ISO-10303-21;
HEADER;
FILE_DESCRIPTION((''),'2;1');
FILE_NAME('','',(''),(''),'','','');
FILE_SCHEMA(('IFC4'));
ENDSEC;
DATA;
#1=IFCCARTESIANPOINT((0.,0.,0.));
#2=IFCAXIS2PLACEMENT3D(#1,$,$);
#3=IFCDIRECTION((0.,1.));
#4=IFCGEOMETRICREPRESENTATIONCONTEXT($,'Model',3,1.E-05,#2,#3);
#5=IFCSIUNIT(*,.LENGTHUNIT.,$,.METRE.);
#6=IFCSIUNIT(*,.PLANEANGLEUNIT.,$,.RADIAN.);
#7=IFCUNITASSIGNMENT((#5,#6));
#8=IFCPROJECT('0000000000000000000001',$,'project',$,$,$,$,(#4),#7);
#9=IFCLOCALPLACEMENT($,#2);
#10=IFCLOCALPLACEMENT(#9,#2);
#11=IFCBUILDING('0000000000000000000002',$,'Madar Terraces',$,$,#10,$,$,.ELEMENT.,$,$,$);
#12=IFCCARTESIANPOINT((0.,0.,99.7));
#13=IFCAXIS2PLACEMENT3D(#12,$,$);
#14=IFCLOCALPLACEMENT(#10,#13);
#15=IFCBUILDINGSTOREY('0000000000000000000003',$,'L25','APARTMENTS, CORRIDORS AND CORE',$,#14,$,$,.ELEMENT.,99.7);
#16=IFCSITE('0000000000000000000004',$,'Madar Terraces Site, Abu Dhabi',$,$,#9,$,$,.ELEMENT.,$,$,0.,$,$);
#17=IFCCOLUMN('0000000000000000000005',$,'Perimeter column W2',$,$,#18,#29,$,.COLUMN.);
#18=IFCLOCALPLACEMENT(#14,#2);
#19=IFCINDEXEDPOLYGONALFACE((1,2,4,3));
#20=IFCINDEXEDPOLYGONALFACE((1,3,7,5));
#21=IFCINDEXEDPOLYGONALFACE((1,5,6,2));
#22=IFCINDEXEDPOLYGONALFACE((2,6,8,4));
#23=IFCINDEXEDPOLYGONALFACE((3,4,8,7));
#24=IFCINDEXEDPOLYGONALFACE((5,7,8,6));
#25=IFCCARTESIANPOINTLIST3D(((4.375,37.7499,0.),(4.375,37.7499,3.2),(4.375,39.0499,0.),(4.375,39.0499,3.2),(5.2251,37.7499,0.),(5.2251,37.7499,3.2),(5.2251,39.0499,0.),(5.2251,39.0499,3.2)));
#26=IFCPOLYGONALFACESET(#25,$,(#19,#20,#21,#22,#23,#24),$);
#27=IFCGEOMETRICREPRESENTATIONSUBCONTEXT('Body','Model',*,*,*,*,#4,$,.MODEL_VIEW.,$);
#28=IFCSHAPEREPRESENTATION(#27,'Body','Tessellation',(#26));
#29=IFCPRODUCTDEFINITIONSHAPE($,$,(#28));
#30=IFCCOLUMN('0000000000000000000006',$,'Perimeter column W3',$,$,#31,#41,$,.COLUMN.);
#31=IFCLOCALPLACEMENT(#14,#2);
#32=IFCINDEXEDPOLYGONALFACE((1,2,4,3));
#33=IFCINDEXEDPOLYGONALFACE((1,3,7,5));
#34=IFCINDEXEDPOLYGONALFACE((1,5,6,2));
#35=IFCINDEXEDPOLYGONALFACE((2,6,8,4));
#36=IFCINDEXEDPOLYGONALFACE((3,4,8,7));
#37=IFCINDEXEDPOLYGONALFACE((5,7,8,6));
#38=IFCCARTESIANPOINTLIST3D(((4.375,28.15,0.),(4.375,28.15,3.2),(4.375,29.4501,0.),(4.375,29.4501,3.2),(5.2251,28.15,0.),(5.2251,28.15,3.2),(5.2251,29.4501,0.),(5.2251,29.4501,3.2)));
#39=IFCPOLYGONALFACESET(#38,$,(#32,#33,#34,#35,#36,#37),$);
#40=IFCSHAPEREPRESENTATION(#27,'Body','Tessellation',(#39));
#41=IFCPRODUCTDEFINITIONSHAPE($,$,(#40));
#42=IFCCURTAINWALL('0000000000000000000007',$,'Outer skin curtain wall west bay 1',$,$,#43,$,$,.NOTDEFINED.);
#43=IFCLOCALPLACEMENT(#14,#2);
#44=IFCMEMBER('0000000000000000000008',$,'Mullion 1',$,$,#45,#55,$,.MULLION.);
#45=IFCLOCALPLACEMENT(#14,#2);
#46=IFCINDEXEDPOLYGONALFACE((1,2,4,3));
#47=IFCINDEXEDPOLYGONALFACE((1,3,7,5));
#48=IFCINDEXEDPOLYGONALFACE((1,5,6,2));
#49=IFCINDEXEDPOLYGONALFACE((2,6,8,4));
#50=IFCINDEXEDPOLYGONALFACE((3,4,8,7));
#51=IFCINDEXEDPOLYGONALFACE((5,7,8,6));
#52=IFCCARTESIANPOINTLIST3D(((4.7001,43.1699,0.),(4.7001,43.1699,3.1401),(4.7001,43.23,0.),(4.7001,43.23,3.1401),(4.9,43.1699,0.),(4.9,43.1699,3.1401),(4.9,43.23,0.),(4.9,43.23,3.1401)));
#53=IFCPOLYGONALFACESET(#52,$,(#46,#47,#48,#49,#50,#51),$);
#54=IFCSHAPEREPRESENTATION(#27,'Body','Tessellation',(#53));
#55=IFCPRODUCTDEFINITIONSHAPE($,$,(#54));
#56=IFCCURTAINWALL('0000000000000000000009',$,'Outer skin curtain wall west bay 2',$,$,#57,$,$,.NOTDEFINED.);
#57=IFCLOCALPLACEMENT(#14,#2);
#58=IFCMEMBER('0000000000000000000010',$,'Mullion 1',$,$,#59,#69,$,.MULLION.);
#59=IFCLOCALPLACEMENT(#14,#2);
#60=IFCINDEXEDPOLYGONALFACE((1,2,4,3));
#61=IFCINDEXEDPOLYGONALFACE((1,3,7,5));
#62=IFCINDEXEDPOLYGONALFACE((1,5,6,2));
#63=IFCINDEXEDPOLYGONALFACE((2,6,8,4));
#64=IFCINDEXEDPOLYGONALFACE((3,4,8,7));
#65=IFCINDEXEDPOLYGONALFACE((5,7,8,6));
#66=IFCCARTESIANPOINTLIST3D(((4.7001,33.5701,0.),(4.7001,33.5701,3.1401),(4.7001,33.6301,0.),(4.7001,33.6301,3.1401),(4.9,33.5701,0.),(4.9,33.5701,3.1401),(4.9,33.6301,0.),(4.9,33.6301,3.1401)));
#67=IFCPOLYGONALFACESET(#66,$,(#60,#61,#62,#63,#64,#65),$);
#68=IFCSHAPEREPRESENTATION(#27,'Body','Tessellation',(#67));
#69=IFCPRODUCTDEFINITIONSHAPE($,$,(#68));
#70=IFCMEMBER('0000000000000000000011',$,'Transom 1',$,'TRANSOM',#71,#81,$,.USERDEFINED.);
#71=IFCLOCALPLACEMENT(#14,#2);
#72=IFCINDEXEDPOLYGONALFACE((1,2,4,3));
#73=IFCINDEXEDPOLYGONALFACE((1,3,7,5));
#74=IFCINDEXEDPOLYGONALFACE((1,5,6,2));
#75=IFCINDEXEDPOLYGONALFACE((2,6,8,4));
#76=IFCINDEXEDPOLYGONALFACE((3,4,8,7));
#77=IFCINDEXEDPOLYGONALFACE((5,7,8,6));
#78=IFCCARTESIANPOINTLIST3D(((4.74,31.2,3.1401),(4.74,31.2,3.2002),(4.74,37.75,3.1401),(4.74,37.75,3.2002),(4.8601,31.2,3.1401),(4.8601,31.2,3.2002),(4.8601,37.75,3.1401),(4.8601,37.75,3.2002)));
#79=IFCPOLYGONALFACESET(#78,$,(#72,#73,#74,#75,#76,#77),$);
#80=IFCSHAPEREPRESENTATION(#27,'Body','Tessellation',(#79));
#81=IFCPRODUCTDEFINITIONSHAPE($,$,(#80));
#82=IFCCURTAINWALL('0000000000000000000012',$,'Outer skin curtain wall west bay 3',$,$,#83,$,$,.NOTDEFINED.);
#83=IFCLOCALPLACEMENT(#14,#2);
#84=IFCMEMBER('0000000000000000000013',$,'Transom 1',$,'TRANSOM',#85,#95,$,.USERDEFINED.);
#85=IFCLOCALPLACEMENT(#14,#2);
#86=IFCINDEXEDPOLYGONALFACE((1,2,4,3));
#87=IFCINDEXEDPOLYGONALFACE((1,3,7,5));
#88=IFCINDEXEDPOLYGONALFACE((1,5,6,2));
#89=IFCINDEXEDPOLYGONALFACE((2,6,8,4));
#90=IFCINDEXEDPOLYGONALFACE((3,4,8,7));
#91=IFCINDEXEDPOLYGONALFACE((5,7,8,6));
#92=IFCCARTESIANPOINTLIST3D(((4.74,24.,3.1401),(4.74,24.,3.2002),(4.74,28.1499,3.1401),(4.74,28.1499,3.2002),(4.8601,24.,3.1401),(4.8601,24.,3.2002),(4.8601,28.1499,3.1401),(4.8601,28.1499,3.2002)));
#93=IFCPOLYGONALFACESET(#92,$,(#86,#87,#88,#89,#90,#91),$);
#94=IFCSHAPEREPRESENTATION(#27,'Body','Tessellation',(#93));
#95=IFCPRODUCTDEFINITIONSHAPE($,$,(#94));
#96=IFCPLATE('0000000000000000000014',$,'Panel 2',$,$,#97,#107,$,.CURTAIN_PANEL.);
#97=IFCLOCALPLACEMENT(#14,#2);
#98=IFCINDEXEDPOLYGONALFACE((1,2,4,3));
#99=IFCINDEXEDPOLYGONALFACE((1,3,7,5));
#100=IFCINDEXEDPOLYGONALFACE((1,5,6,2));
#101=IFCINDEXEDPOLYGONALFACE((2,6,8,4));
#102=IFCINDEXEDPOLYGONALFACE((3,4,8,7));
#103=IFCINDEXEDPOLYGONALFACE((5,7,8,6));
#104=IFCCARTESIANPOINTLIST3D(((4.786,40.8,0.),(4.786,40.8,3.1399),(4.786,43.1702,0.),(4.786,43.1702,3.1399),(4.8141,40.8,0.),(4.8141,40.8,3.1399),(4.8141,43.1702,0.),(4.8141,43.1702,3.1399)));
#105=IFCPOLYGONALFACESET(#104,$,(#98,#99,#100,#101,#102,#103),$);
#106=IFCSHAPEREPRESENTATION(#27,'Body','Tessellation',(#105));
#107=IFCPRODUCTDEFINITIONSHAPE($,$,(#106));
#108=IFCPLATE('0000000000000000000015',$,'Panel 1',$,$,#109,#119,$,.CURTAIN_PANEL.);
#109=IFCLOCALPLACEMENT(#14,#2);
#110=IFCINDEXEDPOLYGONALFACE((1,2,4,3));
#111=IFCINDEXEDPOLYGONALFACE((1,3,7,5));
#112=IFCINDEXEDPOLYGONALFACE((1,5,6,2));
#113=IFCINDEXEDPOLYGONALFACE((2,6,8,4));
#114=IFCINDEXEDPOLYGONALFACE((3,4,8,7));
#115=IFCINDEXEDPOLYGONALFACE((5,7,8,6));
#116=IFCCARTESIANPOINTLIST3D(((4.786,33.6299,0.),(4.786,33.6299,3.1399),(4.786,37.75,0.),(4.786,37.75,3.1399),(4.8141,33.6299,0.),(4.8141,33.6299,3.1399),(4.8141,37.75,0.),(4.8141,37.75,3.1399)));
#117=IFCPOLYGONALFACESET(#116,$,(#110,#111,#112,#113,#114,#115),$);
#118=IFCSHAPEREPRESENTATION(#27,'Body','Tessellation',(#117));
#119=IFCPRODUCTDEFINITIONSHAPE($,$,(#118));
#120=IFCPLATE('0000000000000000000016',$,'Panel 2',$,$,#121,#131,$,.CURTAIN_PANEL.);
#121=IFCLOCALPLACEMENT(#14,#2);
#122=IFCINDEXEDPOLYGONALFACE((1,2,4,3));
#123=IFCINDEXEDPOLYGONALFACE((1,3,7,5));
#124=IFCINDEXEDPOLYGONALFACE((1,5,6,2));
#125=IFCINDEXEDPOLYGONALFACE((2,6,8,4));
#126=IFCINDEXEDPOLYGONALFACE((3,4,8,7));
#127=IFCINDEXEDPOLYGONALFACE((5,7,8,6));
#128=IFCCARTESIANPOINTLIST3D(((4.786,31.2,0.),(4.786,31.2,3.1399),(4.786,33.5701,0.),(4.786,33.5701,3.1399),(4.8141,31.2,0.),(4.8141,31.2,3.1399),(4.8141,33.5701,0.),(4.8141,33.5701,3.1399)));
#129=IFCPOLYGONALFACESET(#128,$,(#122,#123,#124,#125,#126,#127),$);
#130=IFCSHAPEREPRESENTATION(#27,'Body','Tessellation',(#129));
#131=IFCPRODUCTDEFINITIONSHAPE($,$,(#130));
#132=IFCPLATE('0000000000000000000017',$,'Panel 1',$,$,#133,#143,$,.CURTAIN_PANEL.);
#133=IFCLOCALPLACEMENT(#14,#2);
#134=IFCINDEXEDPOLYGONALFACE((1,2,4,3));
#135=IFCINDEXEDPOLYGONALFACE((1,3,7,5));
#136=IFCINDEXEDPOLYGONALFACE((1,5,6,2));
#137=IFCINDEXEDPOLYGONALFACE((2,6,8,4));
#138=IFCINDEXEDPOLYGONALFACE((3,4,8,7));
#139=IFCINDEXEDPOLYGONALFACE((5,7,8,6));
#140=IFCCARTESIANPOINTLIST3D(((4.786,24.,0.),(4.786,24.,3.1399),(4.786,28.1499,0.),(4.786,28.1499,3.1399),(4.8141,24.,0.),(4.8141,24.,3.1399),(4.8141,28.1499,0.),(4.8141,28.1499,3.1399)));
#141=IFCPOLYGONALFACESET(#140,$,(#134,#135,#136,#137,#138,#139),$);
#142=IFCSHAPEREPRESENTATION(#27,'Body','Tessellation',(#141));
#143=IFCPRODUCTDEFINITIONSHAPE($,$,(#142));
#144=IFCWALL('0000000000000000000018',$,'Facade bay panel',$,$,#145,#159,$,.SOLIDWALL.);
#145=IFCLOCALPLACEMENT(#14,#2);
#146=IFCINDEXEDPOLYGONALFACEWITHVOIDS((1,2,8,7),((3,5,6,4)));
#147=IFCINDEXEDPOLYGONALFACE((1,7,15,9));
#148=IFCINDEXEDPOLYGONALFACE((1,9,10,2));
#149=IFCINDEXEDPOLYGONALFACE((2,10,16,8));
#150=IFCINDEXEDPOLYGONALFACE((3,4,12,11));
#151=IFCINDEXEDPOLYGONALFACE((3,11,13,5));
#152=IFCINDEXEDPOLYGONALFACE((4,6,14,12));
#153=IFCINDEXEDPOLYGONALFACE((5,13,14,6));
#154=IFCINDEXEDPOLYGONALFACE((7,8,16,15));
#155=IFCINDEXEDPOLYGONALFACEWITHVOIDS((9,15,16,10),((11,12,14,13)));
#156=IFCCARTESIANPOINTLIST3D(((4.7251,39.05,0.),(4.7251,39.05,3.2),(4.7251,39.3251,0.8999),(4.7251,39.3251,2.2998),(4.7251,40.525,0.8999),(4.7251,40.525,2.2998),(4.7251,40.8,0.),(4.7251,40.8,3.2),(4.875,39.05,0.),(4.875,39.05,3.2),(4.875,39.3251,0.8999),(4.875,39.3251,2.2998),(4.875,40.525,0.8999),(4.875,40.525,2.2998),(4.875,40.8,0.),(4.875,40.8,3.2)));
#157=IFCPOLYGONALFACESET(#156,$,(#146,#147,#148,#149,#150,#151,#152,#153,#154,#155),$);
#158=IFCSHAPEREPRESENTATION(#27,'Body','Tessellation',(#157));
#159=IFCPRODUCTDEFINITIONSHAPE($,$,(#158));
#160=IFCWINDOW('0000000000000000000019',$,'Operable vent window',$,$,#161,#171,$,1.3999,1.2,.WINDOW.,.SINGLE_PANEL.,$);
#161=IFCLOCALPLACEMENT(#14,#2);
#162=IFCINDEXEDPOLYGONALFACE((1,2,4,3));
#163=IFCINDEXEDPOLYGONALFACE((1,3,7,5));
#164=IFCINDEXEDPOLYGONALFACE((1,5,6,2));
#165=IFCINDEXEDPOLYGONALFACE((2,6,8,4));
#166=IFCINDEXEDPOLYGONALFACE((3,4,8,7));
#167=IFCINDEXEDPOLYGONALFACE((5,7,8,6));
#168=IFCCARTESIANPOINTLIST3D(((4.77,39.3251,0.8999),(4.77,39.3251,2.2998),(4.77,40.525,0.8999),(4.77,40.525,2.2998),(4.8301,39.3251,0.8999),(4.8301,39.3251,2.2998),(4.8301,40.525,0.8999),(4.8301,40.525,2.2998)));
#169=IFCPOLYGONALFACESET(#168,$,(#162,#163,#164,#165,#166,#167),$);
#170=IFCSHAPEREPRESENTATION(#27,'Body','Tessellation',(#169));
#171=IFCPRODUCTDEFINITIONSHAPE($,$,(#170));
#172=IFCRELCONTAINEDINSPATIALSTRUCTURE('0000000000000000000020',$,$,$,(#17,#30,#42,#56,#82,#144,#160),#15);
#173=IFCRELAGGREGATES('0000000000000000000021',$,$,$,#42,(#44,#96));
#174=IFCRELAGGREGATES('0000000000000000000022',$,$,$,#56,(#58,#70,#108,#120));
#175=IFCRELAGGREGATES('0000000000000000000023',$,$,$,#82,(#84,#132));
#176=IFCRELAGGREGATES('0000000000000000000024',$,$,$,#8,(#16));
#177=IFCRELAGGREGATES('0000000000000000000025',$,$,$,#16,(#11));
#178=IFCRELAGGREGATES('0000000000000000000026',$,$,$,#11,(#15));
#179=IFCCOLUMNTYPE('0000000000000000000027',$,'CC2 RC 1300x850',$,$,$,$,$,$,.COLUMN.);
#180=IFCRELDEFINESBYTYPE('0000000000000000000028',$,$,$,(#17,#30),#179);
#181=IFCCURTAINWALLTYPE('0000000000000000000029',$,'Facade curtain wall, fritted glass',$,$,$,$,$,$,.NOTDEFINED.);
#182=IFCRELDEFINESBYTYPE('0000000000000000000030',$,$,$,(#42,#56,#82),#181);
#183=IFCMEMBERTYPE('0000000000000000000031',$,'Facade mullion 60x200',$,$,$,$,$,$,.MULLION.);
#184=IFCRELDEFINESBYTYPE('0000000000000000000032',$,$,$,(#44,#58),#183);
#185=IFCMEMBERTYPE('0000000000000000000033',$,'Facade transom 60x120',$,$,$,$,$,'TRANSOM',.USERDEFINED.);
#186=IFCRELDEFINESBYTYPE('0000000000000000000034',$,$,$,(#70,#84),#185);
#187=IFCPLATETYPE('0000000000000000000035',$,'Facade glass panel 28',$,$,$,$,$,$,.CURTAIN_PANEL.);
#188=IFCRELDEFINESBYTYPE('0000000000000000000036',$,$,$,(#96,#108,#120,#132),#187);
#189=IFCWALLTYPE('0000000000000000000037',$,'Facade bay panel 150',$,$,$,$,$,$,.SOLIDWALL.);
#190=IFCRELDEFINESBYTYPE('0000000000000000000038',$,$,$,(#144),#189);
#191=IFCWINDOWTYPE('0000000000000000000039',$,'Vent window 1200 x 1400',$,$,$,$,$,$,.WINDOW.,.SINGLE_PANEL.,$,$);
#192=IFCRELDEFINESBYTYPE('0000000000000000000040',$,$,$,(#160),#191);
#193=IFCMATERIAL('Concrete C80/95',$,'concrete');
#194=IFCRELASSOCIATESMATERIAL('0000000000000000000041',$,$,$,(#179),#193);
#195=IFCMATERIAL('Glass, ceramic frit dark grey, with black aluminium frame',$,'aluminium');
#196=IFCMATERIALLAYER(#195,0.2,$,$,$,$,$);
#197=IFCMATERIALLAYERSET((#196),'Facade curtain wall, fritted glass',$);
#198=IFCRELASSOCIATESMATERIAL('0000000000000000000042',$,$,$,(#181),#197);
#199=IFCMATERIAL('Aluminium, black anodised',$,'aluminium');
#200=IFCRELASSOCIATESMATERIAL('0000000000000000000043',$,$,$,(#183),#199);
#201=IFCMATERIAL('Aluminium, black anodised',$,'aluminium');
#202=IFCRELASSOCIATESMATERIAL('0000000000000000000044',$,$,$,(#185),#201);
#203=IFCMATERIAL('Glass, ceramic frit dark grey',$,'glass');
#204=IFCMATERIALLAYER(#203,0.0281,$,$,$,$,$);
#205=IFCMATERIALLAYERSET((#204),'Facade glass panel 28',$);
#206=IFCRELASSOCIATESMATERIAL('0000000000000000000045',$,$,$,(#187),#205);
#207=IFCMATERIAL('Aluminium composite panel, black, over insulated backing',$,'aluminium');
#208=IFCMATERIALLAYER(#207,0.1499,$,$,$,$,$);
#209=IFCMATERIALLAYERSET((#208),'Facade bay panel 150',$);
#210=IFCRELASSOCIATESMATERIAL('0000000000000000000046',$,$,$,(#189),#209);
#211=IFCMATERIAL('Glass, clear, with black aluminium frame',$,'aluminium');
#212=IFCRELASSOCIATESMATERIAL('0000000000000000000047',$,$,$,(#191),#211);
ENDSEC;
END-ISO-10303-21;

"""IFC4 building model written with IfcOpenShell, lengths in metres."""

from ifc_helpers import new_model, si_unit, direction, frame, frame_2d, origin, origin_2d, place, context, subcontext, project, spatial, rectangle, extrude, material, layer, layer_set, material_profile, profile_set, type_object, element, fill, aggregate, save


model = new_model("IFC4")

# Units and contexts
model_context = context("Model", 3, precision=1e-05, world=origin(), true_north=direction((0.0, 1.0)))
body_context = subcontext(model_context, "Body", "Model", "MODEL_VIEW")
ifc_project = project(units=[si_unit("LENGTHUNIT", "METRE"), si_unit("PLANEANGLEUNIT", "RADIAN")], contexts=[model_context])

# Site, building, storey
site_placement = place(None, origin())
site = spatial("IfcSite", under=ifc_project, at=site_placement, Name="Madar Terraces Site, Abu Dhabi", CompositionType="ELEMENT", RefElevation=0.0)
building_placement = place(site_placement, origin())
building = spatial("IfcBuilding", under=site, at=building_placement, Name="Madar Terraces", CompositionType="ELEMENT")
storey_placement = place(building_placement, frame((0.0, 0.0, 99.7)))
storey = spatial("IfcBuildingStorey", under=building, at=storey_placement, Name="L25", Description="APARTMENTS, CORRIDORS AND CORE", CompositionType="ELEMENT", Elevation=99.7)

# Columns
ifc_material_1 = material(Name="Concrete C80/95", Category="concrete")
ifc_material_profile_1 = material_profile(ifc_material_1, rectangle(XDim=1.3, YDim=0.8501, at=origin_2d()), Name="CC2 RC 1300x850")
ifc_profile_set_1 = profile_set([ifc_material_profile_1], Name="Concrete C80/95")
column_type = type_object("IfcColumnType", Name="CC2 RC 1300x850", PredefinedType="COLUMN", material=ifc_profile_set_1)
for number, where, z_axis, x_axis, name in (
    (1, (4.8, 38.3999, 0.0), (0.0, 0.0, 1.0), (0.0, 1.0, 0.0), "Perimeter column W2"),
    (2, (4.8, 28.8, 0.0), (0.0, 0.0, 1.0), (0.0, 1.0, 0.0), "Perimeter column W3"),
):
    element("IfcColumn", number, at=place(storey_placement, frame(where, z_axis=z_axis, x_axis=x_axis)), inside=storey, type_object=column_type, Name=name, PredefinedType="COLUMN", context=body_context, shape_type="SweptSolid", body=[
        extrude(rectangle(XDim=1.3, YDim=0.8501, at=origin_2d()), origin(), (0.0, 0.0, 1.0), 3.2),
    ])

# Curtain wall, member
ifc_material_2 = material(Name="Glass, ceramic frit dark grey, with black aluminium frame", Category="aluminium")
ifc_layer_1 = layer(ifc_material_2, 0.2)
ifc_layer_set_1 = layer_set([ifc_layer_1], Name="Facade curtain wall, fritted glass")
curtain_wall_type = type_object("IfcCurtainWallType", Name="Facade curtain wall, fritted glass", PredefinedType="NOTDEFINED", material=ifc_layer_set_1)
curtain_wall_1_placement = place(storey_placement, origin())
curtain_wall_1 = element("IfcCurtainWall", 3, at=curtain_wall_1_placement, inside=storey, type_object=curtain_wall_type, Name="Outer skin curtain wall west bay 1", PredefinedType="NOTDEFINED")
ifc_material_3 = material(Name="Aluminium, black anodised", Category="aluminium")
ifc_material_profile_2 = material_profile(ifc_material_3, rectangle(XDim=0.2, YDim=0.0601, at=origin_2d()), Name="Facade mullion 60x200")
ifc_profile_set_2 = profile_set([ifc_material_profile_2], Name="Aluminium, black anodised")
member_type_1 = type_object("IfcMemberType", Name="Facade mullion 60x200", PredefinedType="MULLION", material=ifc_profile_set_2)
member_1_placement = place(storey_placement, frame((4.8, 43.2, 0.0), z_axis=(0.0, 0.0, 1.0), x_axis=(1.0, 0.0, 0.0)))
member_1 = element("IfcMember", 4, at=member_1_placement, type_object=member_type_1, Name="Mullion 1", PredefinedType="MULLION", context=body_context, shape_type="SweptSolid", body=[
    extrude(rectangle(XDim=0.2, YDim=0.0601, at=origin_2d()), origin(), (0.0, 0.0, 1.0), 3.1401),
])

# Curtain wall, members
curtain_wall_2_placement = place(storey_placement, origin())
curtain_wall_2 = element("IfcCurtainWall", 5, at=curtain_wall_2_placement, inside=storey, type_object=curtain_wall_type, Name="Outer skin curtain wall west bay 2", PredefinedType="NOTDEFINED")
member_2_placement = place(storey_placement, frame((4.8, 33.6001, 0.0), z_axis=(0.0, 0.0, 1.0), x_axis=(1.0, 0.0, 0.0)))
member_2 = element("IfcMember", 6, at=member_2_placement, type_object=member_type_1, Name="Mullion 1", PredefinedType="MULLION", context=body_context, shape_type="SweptSolid", body=[
    extrude(rectangle(XDim=0.2, YDim=0.0601, at=origin_2d()), origin(), (0.0, 0.0, 1.0), 3.1401),
])
ifc_material_4 = material(Name="Aluminium, black anodised", Category="aluminium")
ifc_material_profile_3 = material_profile(ifc_material_4, rectangle(XDim=0.1201, YDim=0.0601, at=origin_2d()), Name="Facade transom 60x120")
ifc_profile_set_3 = profile_set([ifc_material_profile_3], Name="Aluminium, black anodised")
member_type_2 = type_object("IfcMemberType", Name="Facade transom 60x120", ElementType="TRANSOM", PredefinedType="USERDEFINED", material=ifc_profile_set_3)
member_3_placement = place(storey_placement, frame((4.8, 37.75, 3.1702), z_axis=(0.0, -1.0, 0.0), x_axis=(1.0, 0.0, 0.0)))
member_3 = element("IfcMember", 7, at=member_3_placement, type_object=member_type_2, Name="Transom 1", ObjectType="TRANSOM", PredefinedType="USERDEFINED", context=body_context, shape_type="SweptSolid", body=[
    extrude(rectangle(XDim=0.1201, YDim=0.0601, at=origin_2d()), origin(), (0.0, 0.0, 1.0), 6.55),
])

# Curtain wall, member
curtain_wall_3_placement = place(storey_placement, origin())
curtain_wall_3 = element("IfcCurtainWall", 8, at=curtain_wall_3_placement, inside=storey, type_object=curtain_wall_type, Name="Outer skin curtain wall west bay 3", PredefinedType="NOTDEFINED")
member_4_placement = place(storey_placement, frame((4.8, 28.1499, 3.1702), z_axis=(0.0, -1.0, 0.0), x_axis=(1.0, 0.0, 0.0)))
member_4 = element("IfcMember", 9, at=member_4_placement, type_object=member_type_2, Name="Transom 1", ObjectType="TRANSOM", PredefinedType="USERDEFINED", context=body_context, shape_type="SweptSolid", body=[
    extrude(rectangle(XDim=0.1201, YDim=0.0601, at=origin_2d()), origin(), (0.0, 0.0, 1.0), 4.1499),
])

# Plates
ifc_material_5 = material(Name="Glass, ceramic frit dark grey", Category="glass")
ifc_layer_2 = layer(ifc_material_5, 0.0281)
ifc_layer_set_2 = layer_set([ifc_layer_2], Name="Facade glass panel 28")
plate_type = type_object("IfcPlateType", Name="Facade glass panel 28", PredefinedType="CURTAIN_PANEL", material=ifc_layer_set_2)
plate_1_placement = place(storey_placement, frame((4.8, 41.9851, 0.0), z_axis=(0.0, 0.0, 1.0), x_axis=(0.0, -1.0, 0.0)))
plate_1 = element("IfcPlate", 10, at=plate_1_placement, type_object=plate_type, Name="Panel 2", PredefinedType="CURTAIN_PANEL", context=body_context, shape_type="SweptSolid", body=[
    extrude(rectangle(XDim=2.3701, YDim=0.0281, at=origin_2d()), origin(), (0.0, 0.0, 1.0), 3.1399),
])
aggregate(curtain_wall_1, [member_1, plate_1])
plate_2_placement = place(storey_placement, frame((4.8, 35.6899, 0.0), z_axis=(0.0, 0.0, 1.0), x_axis=(0.0, -1.0, 0.0)))
plate_2 = element("IfcPlate", 11, at=plate_2_placement, type_object=plate_type, Name="Panel 1", PredefinedType="CURTAIN_PANEL", context=body_context, shape_type="SweptSolid", body=[
    extrude(rectangle(XDim=4.1201, YDim=0.0281, at=origin_2d()), origin(), (0.0, 0.0, 1.0), 3.1399),
])
plate_3_placement = place(storey_placement, frame((4.8, 32.385, 0.0), z_axis=(0.0, 0.0, 1.0), x_axis=(0.0, -1.0, 0.0)))
plate_3 = element("IfcPlate", 12, at=plate_3_placement, type_object=plate_type, Name="Panel 2", PredefinedType="CURTAIN_PANEL", context=body_context, shape_type="SweptSolid", body=[
    extrude(rectangle(XDim=2.3701, YDim=0.0281, at=origin_2d()), origin(), (0.0, 0.0, 1.0), 3.1399),
])
aggregate(curtain_wall_2, [member_2, member_3, plate_2, plate_3])
plate_4_placement = place(storey_placement, frame((4.8, 26.075, 0.0), z_axis=(0.0, 0.0, 1.0), x_axis=(0.0, -1.0, 0.0)))
plate_4 = element("IfcPlate", 13, at=plate_4_placement, type_object=plate_type, Name="Panel 1", PredefinedType="CURTAIN_PANEL", context=body_context, shape_type="SweptSolid", body=[
    extrude(rectangle(XDim=4.1499, YDim=0.0281, at=origin_2d()), origin(), (0.0, 0.0, 1.0), 3.1399),
])
aggregate(curtain_wall_3, [member_4, plate_4])

# Wall, opening, window
ifc_material_6 = material(Name="Aluminium composite panel, black, over insulated backing", Category="aluminium")
ifc_layer_3 = layer(ifc_material_6, 0.1499)
ifc_layer_set_3 = layer_set([ifc_layer_3], Name="Facade bay panel 150")
wall_type_1 = type_object("IfcWallType", Name="Facade bay panel 150", PredefinedType="SOLIDWALL", material=ifc_layer_set_3)
wall_1_placement = place(storey_placement, frame((4.8, 40.8, 0.0), z_axis=(0.0, 0.0, 1.0), x_axis=(0.0, -1.0, 0.0)))
wall_1 = element("IfcWall", 14, at=wall_1_placement, inside=storey, type_object=wall_type_1, Name="Facade bay panel", PredefinedType="SOLIDWALL", context=body_context, shape_type="SweptSolid", body=[
    extrude(rectangle(XDim=1.75, YDim=0.1499, at=frame_2d((0.875, 0.0))), origin(), (0.0, 0.0, 1.0), 3.2),
])
opening_1_placement = place(wall_1_placement, frame((0.2749, 0.0, 0.8999)))
opening_1 = element("IfcOpeningElement", 15, at=opening_1_placement, cuts=wall_1, PredefinedType="OPENING", context=body_context, shape_type="SweptSolid", body=[
    extrude(rectangle(XDim=1.2, YDim=1.3999, at=frame_2d((0.6001, 0.7))), frame((0.0, 0.085, 0.0), z_axis=(0.0, -1.0, 0.0), x_axis=(1.0, 0.0, 0.0)), (0.0, 0.0, 1.0), 0.1699),
])
ifc_material_7 = material(Name="Glass, clear, with black aluminium frame", Category="aluminium")
window_type = type_object("IfcWindowType", Name="Vent window 1200 x 1400", PartitioningType="SINGLE_PANEL", PredefinedType="WINDOW", material=ifc_material_7)
window_1_placement = place(opening_1_placement, origin())
window_1 = element("IfcWindow", 16, at=window_1_placement, inside=storey, type_object=window_type, Name="Operable vent window", OverallHeight=1.3999, OverallWidth=1.2, PartitioningType="SINGLE_PANEL", PredefinedType="WINDOW", context=body_context, shape_type="SweptSolid", body=[
    extrude(rectangle(XDim=1.2, YDim=1.3999, at=frame_2d((0.6001, 0.7))), frame((0.0, 0.03, 0.0), z_axis=(0.0, -1.0, 0.0), x_axis=(1.0, 0.0, 0.0)), (0.0, 0.0, 1.0), 0.0601),
])
fill(opening_1, window_1)

save(model, "model.ifc")
